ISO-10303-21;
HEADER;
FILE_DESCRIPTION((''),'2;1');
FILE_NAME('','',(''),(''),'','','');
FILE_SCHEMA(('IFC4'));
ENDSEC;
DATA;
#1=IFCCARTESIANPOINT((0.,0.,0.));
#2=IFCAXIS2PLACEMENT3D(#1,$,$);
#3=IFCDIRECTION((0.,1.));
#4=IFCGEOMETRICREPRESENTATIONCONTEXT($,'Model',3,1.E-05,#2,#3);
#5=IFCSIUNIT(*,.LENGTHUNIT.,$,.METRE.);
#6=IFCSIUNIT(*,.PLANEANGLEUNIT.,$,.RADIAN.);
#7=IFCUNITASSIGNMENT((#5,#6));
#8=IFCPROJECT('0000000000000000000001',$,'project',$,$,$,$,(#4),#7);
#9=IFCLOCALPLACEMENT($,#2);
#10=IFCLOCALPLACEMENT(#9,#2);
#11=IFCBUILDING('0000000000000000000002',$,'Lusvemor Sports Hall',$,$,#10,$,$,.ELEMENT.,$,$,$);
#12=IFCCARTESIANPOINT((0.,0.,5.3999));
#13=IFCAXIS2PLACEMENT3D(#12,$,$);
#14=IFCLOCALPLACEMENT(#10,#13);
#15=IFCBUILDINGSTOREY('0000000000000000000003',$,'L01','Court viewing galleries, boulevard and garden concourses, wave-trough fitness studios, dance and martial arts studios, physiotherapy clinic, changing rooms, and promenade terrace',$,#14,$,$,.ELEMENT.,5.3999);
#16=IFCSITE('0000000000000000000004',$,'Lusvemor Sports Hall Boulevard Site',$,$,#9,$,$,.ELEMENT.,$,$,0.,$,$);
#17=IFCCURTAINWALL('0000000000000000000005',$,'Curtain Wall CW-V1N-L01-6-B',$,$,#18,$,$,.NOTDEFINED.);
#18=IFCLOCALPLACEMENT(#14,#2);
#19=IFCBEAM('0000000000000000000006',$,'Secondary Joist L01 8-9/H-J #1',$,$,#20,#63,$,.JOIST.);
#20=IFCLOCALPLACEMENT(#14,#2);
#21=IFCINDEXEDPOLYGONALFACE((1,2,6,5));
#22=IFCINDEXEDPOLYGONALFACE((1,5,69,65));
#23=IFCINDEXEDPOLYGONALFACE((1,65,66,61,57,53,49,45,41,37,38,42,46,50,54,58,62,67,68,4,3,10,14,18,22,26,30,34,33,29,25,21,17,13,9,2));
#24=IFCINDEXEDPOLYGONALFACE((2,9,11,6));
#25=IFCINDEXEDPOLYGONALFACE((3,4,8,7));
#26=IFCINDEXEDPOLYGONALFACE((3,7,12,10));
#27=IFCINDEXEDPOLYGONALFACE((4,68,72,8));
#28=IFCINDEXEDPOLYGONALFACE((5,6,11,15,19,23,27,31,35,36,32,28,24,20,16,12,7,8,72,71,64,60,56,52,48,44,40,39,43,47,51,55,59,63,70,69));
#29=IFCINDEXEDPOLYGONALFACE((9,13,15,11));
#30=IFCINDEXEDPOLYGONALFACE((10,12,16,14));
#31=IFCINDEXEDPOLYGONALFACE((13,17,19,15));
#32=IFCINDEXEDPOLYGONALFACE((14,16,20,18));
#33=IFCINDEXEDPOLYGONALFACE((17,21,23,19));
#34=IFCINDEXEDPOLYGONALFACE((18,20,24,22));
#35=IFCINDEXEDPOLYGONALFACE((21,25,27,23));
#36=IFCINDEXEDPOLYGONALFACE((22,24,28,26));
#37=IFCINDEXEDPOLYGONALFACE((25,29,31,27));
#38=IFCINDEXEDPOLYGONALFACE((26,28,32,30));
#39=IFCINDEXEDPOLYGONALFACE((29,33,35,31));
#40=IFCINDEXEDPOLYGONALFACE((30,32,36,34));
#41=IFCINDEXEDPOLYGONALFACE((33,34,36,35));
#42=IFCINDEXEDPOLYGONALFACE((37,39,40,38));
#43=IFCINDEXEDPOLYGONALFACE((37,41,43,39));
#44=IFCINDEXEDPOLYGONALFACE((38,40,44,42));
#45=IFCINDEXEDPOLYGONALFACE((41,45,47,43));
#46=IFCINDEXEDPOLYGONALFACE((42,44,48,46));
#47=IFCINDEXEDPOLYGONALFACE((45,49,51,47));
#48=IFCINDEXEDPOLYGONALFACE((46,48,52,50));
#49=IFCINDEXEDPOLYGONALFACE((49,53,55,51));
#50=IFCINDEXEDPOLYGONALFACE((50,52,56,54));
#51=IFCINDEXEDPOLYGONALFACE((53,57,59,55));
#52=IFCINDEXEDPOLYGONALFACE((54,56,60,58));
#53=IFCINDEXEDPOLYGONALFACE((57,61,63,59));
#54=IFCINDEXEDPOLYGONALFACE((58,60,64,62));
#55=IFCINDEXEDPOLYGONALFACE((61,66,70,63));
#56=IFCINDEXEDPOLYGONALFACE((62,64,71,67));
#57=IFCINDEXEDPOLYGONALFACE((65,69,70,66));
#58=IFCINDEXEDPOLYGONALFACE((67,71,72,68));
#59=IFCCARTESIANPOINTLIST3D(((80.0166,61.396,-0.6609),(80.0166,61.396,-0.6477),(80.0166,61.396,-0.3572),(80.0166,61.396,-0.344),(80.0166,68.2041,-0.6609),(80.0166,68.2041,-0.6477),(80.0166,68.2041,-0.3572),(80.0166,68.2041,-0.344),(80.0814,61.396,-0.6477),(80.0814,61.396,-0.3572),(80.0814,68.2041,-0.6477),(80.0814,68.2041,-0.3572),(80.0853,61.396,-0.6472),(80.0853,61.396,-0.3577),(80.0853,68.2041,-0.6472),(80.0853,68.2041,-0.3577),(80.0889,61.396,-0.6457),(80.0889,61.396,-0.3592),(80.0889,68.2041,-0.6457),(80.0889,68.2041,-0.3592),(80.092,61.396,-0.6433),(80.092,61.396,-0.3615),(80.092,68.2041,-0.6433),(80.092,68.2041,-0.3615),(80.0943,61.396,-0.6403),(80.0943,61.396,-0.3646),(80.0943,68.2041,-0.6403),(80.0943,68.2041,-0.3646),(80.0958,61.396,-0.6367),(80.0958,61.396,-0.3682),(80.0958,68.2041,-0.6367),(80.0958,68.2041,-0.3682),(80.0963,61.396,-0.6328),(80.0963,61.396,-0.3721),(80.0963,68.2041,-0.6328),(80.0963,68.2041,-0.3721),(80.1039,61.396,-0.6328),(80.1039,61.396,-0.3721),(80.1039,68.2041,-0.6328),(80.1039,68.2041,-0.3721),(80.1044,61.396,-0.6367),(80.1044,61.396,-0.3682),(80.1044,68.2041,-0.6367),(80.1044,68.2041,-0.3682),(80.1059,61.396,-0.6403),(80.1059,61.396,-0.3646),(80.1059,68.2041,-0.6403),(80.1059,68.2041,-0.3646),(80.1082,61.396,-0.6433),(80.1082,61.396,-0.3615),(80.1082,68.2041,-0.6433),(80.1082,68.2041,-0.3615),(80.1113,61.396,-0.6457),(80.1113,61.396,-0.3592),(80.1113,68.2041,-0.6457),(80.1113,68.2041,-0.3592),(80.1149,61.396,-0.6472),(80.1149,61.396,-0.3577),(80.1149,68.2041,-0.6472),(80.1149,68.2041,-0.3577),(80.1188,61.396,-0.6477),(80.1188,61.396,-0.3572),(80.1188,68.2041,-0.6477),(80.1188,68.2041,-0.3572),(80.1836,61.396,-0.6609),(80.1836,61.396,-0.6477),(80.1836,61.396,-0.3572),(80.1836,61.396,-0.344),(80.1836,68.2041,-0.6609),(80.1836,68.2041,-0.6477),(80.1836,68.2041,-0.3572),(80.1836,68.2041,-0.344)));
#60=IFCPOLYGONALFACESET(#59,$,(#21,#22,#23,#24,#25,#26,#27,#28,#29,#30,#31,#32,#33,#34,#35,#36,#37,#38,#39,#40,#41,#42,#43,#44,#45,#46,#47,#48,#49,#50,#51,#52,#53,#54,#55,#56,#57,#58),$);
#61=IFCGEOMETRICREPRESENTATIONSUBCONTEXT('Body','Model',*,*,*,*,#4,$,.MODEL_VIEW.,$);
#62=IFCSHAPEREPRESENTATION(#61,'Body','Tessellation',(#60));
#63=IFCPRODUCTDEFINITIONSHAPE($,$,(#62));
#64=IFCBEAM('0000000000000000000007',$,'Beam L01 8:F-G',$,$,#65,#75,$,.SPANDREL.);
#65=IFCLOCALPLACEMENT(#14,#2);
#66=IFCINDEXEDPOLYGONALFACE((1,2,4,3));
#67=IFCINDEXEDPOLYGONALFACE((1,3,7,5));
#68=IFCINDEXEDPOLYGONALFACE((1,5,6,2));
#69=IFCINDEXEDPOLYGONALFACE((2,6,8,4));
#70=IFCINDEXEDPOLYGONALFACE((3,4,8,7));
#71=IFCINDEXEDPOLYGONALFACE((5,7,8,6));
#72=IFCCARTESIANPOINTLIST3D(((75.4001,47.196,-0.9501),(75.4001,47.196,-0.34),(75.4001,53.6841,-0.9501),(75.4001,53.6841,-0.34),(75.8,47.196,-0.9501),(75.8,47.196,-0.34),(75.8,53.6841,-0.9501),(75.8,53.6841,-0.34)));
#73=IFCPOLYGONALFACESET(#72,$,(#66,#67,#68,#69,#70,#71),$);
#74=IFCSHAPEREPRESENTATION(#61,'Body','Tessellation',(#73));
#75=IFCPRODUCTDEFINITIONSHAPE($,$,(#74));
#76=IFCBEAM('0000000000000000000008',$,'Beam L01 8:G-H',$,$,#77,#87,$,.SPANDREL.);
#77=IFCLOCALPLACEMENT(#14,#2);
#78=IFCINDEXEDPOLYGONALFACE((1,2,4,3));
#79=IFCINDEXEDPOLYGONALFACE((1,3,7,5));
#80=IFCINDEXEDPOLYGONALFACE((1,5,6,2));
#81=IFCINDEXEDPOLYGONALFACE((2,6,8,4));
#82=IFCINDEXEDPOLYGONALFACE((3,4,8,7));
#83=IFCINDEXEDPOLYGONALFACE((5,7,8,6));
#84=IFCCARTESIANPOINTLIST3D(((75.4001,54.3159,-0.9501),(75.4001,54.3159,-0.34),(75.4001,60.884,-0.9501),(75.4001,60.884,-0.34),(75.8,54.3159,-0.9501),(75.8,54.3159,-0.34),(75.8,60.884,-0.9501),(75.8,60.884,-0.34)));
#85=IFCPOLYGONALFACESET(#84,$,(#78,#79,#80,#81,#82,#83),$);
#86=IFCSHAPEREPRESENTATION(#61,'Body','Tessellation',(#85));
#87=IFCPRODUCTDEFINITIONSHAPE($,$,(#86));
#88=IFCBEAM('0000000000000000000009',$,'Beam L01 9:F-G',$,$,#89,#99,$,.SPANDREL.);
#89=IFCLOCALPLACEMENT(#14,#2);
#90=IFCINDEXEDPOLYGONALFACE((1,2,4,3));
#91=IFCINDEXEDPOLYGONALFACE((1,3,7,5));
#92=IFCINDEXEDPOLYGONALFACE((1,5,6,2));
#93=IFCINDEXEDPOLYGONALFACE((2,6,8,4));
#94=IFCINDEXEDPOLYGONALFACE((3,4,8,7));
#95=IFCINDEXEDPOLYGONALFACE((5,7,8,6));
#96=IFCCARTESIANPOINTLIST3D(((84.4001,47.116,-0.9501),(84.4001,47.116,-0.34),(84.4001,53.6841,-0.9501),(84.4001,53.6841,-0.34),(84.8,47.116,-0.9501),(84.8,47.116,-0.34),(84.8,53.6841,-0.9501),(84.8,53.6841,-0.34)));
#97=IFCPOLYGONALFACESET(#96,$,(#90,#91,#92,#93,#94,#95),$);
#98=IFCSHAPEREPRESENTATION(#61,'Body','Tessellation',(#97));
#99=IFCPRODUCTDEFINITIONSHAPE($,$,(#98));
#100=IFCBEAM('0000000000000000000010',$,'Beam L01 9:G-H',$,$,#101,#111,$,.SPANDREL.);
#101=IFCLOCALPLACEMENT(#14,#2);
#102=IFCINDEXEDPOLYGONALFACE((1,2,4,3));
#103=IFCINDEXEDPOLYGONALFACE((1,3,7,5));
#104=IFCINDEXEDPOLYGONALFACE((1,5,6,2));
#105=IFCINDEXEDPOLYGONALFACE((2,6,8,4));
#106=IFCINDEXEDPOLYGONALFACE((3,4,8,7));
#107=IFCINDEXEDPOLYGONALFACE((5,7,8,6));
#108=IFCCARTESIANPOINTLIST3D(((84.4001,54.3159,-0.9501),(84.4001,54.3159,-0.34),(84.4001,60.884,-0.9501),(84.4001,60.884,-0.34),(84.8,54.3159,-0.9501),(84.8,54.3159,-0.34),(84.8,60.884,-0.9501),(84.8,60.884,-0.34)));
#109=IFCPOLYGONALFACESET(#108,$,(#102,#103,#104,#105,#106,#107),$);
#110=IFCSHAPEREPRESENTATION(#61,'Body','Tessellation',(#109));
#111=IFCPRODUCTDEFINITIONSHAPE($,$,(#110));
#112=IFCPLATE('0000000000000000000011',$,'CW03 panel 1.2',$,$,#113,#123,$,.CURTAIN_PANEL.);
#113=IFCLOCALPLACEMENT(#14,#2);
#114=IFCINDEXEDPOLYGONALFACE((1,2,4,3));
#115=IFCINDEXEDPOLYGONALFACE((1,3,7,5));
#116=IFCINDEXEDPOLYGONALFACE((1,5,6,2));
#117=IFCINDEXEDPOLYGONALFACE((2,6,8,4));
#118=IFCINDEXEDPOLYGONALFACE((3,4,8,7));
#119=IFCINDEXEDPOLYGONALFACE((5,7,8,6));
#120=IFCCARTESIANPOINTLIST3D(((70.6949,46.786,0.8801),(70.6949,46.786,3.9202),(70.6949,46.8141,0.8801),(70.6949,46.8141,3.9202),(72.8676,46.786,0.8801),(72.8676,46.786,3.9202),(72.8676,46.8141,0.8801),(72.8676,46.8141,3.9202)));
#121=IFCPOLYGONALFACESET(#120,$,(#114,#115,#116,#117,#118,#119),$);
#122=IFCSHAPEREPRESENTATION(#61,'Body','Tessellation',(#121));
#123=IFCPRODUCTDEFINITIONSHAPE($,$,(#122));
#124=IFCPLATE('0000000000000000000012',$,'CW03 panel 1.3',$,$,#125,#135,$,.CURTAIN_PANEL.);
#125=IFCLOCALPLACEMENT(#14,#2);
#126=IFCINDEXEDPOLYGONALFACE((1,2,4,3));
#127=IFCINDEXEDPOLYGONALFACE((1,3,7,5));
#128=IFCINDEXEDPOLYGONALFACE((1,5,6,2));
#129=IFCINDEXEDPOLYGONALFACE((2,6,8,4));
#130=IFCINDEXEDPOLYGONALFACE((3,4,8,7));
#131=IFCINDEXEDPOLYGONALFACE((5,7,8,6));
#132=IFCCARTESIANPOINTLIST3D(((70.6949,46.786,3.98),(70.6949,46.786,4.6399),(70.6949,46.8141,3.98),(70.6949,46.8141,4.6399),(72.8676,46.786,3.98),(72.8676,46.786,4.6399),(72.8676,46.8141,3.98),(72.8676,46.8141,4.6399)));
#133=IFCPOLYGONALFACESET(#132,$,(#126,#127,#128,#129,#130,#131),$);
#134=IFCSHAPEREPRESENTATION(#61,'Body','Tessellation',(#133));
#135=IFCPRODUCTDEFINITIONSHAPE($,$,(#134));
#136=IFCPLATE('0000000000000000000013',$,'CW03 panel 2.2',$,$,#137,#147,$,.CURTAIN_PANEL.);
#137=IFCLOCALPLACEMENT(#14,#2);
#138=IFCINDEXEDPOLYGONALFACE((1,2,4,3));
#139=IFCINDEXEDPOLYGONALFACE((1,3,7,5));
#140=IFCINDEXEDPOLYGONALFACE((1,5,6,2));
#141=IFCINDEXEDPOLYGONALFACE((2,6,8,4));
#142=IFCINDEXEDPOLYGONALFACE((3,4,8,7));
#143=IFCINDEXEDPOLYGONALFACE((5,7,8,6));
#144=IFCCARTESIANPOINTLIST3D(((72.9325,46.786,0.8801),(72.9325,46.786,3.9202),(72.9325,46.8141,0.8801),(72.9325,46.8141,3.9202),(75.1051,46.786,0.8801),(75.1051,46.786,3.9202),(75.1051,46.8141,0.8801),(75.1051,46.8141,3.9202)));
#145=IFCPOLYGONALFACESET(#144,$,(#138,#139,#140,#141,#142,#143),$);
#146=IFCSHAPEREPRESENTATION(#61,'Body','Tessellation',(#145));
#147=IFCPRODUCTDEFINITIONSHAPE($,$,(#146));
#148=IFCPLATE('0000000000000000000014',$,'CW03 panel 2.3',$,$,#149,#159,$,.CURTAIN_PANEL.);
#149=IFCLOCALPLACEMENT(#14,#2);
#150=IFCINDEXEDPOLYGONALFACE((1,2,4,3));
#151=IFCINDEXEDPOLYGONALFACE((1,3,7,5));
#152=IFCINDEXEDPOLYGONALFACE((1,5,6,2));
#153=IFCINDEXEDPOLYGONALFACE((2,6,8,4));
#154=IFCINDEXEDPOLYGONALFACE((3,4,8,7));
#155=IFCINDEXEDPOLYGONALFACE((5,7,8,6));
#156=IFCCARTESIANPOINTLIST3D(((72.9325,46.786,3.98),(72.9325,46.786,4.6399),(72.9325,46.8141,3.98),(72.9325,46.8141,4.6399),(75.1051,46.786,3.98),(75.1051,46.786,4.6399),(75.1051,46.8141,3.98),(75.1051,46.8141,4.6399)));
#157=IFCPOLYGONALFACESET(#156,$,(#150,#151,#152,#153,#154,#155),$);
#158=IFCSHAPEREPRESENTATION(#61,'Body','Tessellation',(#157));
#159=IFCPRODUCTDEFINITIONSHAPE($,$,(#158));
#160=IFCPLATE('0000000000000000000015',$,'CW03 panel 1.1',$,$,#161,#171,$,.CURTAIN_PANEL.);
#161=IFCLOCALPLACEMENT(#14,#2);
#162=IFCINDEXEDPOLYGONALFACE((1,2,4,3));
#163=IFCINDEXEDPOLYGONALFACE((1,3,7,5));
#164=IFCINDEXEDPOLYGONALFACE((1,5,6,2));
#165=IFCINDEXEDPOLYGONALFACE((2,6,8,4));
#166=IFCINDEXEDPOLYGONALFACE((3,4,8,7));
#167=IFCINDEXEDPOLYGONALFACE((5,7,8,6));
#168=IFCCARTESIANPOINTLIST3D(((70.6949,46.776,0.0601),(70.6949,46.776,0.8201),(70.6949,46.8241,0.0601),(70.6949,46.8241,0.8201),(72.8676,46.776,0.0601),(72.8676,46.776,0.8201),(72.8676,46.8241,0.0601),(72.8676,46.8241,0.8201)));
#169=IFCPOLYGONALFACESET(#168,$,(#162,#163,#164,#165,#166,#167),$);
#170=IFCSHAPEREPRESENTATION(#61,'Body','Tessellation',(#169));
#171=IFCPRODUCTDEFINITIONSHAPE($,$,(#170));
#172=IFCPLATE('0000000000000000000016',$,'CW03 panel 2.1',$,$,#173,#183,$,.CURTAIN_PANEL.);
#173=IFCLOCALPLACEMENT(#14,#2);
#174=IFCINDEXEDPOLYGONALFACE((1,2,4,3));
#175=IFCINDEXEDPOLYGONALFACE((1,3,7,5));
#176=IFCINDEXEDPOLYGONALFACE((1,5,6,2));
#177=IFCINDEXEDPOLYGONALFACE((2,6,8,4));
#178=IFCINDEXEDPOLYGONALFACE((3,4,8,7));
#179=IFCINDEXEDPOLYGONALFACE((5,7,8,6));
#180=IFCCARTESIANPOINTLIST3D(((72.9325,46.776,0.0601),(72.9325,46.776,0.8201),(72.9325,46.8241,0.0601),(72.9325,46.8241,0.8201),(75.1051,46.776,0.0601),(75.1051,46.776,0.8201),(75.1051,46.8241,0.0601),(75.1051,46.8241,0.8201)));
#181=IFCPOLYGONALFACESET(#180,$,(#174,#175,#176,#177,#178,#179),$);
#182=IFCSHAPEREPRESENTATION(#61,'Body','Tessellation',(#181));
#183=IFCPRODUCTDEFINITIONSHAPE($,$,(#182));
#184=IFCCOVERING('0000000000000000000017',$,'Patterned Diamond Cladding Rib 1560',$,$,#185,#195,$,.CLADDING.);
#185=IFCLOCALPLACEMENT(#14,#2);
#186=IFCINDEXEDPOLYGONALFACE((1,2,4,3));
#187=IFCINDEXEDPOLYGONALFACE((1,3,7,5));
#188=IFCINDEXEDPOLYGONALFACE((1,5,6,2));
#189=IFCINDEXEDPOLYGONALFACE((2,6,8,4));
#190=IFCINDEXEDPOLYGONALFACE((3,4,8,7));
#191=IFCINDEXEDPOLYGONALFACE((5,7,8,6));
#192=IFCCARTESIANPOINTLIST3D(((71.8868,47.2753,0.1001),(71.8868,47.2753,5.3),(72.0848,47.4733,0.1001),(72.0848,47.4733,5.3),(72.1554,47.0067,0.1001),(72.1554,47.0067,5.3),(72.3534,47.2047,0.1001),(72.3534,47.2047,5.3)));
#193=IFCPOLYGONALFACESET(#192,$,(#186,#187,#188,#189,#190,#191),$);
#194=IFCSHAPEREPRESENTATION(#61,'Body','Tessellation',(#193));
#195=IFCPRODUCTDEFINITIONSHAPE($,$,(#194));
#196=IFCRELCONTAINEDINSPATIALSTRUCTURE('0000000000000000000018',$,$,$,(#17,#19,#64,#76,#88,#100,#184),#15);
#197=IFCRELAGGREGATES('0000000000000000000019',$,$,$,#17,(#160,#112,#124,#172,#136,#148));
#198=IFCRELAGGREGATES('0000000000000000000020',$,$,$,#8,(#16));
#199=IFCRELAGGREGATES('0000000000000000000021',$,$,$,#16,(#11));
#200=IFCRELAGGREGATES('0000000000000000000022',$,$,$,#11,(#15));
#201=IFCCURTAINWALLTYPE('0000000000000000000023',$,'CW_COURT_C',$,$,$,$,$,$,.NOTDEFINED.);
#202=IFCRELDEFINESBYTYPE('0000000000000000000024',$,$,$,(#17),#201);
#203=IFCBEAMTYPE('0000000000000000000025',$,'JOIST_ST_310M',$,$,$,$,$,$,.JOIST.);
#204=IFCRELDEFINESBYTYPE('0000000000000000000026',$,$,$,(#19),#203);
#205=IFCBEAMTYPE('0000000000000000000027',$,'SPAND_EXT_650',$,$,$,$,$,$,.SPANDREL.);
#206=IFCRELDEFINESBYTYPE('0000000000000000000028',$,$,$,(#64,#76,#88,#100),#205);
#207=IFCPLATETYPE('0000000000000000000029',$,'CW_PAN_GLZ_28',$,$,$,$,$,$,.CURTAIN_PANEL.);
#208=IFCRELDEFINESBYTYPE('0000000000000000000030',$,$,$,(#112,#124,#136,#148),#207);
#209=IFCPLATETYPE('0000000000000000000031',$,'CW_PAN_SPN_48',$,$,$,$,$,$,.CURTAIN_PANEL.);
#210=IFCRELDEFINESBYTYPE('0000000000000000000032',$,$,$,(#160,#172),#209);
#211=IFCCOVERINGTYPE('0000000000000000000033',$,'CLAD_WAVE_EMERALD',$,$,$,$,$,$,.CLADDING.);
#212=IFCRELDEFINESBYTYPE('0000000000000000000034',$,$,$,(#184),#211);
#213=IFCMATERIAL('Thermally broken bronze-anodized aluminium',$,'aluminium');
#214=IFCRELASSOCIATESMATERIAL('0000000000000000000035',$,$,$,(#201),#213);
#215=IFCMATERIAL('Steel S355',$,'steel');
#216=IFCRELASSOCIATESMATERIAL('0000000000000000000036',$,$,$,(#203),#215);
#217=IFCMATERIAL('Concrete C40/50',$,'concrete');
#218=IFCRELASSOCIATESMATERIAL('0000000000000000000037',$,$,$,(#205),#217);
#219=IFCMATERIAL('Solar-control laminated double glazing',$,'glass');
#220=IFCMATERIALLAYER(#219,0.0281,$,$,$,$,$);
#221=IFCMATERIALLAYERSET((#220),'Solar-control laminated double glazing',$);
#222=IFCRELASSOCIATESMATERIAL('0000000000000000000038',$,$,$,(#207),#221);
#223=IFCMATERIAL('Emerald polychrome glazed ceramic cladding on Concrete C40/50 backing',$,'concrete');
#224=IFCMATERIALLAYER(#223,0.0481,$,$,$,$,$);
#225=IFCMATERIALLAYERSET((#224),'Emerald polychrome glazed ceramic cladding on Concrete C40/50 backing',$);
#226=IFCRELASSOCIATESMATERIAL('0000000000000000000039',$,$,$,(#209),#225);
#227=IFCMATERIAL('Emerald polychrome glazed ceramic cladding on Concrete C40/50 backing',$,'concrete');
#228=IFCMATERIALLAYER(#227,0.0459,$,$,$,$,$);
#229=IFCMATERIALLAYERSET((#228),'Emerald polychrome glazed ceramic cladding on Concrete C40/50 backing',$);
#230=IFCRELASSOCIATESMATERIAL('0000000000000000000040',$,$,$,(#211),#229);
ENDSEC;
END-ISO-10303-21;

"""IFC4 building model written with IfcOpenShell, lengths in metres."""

from ifc_helpers import new_model, si_unit, direction, frame, origin, origin_2d, place, context, subcontext, project, spatial, rectangle, i_section, extrude, material, layer, layer_set, material_profile, profile_set, type_object, element, aggregate, save


model = new_model("IFC4")

# Units and contexts
model_context = context("Model", 3, precision=1e-05, world=origin(), true_north=direction((0.0, 1.0)))
body_context = subcontext(model_context, "Body", "Model", "MODEL_VIEW")
ifc_project = project(units=[si_unit("LENGTHUNIT", "METRE"), si_unit("PLANEANGLEUNIT", "RADIAN")], contexts=[model_context])

# Site, building, storey
site_placement = place(None, origin())
site = spatial("IfcSite", under=ifc_project, at=site_placement, Name="Lusvemor Sports Hall Boulevard Site", CompositionType="ELEMENT", RefElevation=0.0)
building_placement = place(site_placement, origin())
building = spatial("IfcBuilding", under=site, at=building_placement, Name="Lusvemor Sports Hall", CompositionType="ELEMENT")
storey_placement = place(building_placement, frame((0.0, 0.0, 5.3999)))
storey = spatial("IfcBuildingStorey", under=building, at=storey_placement, Name="L01", Description="Court viewing galleries, boulevard and garden concourses, wave-trough fitness studios, dance and martial arts studios, physiotherapy clinic, changing rooms, and promenade terrace", CompositionType="ELEMENT", Elevation=5.3999)

# Curtain wall
ifc_material_1 = material(Name="Thermally broken bronze-anodized aluminium", Category="aluminium")
curtain_wall_type = type_object("IfcCurtainWallType", Name="CW_COURT_C", PredefinedType="NOTDEFINED", material=ifc_material_1)
curtain_wall_placement = place(storey_placement, origin())
curtain_wall = element("IfcCurtainWall", 1, at=curtain_wall_placement, inside=storey, type_object=curtain_wall_type, Name="Curtain Wall CW-V1N-L01-6-B", PredefinedType="NOTDEFINED")

# Beams
ifc_material_2 = material(Name="Steel S355", Category="steel")
ifc_material_profile_1 = material_profile(ifc_material_2, i_section(OverallWidth=0.167, OverallDepth=0.3169, WebThickness=0.0076, FlangeThickness=0.0132, FilletRadius=0.0149, at=origin_2d()), Name="W310x52.0")
ifc_profile_set_1 = profile_set([ifc_material_profile_1], Name="Steel S355")
beam_type_1 = type_object("IfcBeamType", Name="JOIST_ST_310M", PredefinedType="JOIST", material=ifc_profile_set_1)
beam_1_placement = place(storey_placement, frame((80.1001, 61.396, -0.5024), z_axis=(0.0, 1.0, 0.0), x_axis=(-1.0, 0.0, 0.0)))
element("IfcBeam", 2, at=beam_1_placement, inside=storey, type_object=beam_type_1, Name="Secondary Joist L01 8-9/H-J #1", PredefinedType="JOIST", context=body_context, shape_type="SweptSolid", body=[
    extrude(i_section(OverallWidth=0.167, OverallDepth=0.3169, WebThickness=0.0076, FlangeThickness=0.0132, FilletRadius=0.0149, at=origin_2d()), origin(), (0.0, 0.0, 1.0), 6.8081),
])
ifc_material_3 = material(Name="Concrete C40/50", Category="concrete")
ifc_material_profile_2 = material_profile(ifc_material_3, rectangle(XDim=0.3999, YDim=0.6101, at=origin_2d()), Name="RC400x610")
ifc_profile_set_2 = profile_set([ifc_material_profile_2], Name="Concrete C40/50")
beam_type_2 = type_object("IfcBeamType", Name="SPAND_EXT_650", PredefinedType="SPANDREL", material=ifc_profile_set_2)
beam_2_placement = place(storey_placement, frame((75.6001, 47.196, -0.645), z_axis=(0.0, 1.0, 0.0), x_axis=(-1.0, 0.0, 0.0)))
element("IfcBeam", 3, at=beam_2_placement, inside=storey, type_object=beam_type_2, Name="Beam L01 8:F-G", PredefinedType="SPANDREL", context=body_context, shape_type="SweptSolid", body=[
    extrude(rectangle(XDim=0.3999, YDim=0.6101, at=origin_2d()), origin(), (0.0, 0.0, 1.0), 6.488),
])
for number, where, z_axis, x_axis, name in (
    (4, (75.6001, 54.3159, -0.645), (0.0, 1.0, 0.0), (-1.0, 0.0, 0.0), "Beam L01 8:G-H"),
    (5, (84.6001, 47.116, -0.645), (0.0, 1.0, 0.0), (-1.0, 0.0, 0.0), "Beam L01 9:F-G"),
    (6, (84.6001, 54.3159, -0.645), (0.0, 1.0, 0.0), (-1.0, 0.0, 0.0), "Beam L01 9:G-H"),
):
    element("IfcBeam", number, at=place(storey_placement, frame(where, z_axis=z_axis, x_axis=x_axis)), inside=storey, type_object=beam_type_2, Name=name, PredefinedType="SPANDREL", context=body_context, shape_type="SweptSolid", body=[
        extrude(rectangle(XDim=0.3999, YDim=0.6101, at=origin_2d()), origin(), (0.0, 0.0, 1.0), 6.5681),
    ])

# Plates
ifc_material_4 = material(Name="Solar-control laminated double glazing", Category="glass")
ifc_layer_1 = layer(ifc_material_4, 0.0281)
ifc_layer_set_1 = layer_set([ifc_layer_1], Name="Solar-control laminated double glazing")
plate_type_1 = type_object("IfcPlateType", Name="CW_PAN_GLZ_28", PredefinedType="CURTAIN_PANEL", material=ifc_layer_set_1)
plate_1_placement = place(storey_placement, frame((71.7812, 46.8, 0.8801), z_axis=(0.0, 0.0, 1.0), x_axis=(1.0, 0.0, 0.0)))
plate_1 = element("IfcPlate", 7, at=plate_1_placement, type_object=plate_type_1, Name="CW03 panel 1.2", PredefinedType="CURTAIN_PANEL", context=body_context, shape_type="SweptSolid", body=[
    extrude(rectangle(XDim=2.1726, YDim=0.0281, at=origin_2d()), origin(), (0.0, 0.0, 1.0), 3.04),
])
plate_2_placement = place(storey_placement, frame((71.7812, 46.8, 3.98), z_axis=(0.0, 0.0, 1.0), x_axis=(1.0, 0.0, 0.0)))
plate_2 = element("IfcPlate", 8, at=plate_2_placement, type_object=plate_type_1, Name="CW03 panel 1.3", PredefinedType="CURTAIN_PANEL", context=body_context, shape_type="SweptSolid", body=[
    extrude(rectangle(XDim=2.1726, YDim=0.0281, at=origin_2d()), origin(), (0.0, 0.0, 1.0), 0.6599),
])
plate_3_placement = place(storey_placement, frame((74.0188, 46.8, 0.8801), z_axis=(0.0, 0.0, 1.0), x_axis=(1.0, 0.0, 0.0)))
plate_3 = element("IfcPlate", 9, at=plate_3_placement, type_object=plate_type_1, Name="CW03 panel 2.2", PredefinedType="CURTAIN_PANEL", context=body_context, shape_type="SweptSolid", body=[
    extrude(rectangle(XDim=2.1726, YDim=0.0281, at=origin_2d()), origin(), (0.0, 0.0, 1.0), 3.04),
])
plate_4_placement = place(storey_placement, frame((74.0188, 46.8, 3.98), z_axis=(0.0, 0.0, 1.0), x_axis=(1.0, 0.0, 0.0)))
plate_4 = element("IfcPlate", 10, at=plate_4_placement, type_object=plate_type_1, Name="CW03 panel 2.3", PredefinedType="CURTAIN_PANEL", context=body_context, shape_type="SweptSolid", body=[
    extrude(rectangle(XDim=2.1726, YDim=0.0281, at=origin_2d()), origin(), (0.0, 0.0, 1.0), 0.6599),
])
ifc_material_5 = material(Name="Emerald polychrome glazed ceramic cladding on Concrete C40/50 backing", Category="concrete")
ifc_layer_2 = layer(ifc_material_5, 0.0481)
ifc_layer_set_2 = layer_set([ifc_layer_2], Name="Emerald polychrome glazed ceramic cladding on Concrete C40/50 backing")
plate_type_2 = type_object("IfcPlateType", Name="CW_PAN_SPN_48", PredefinedType="CURTAIN_PANEL", material=ifc_layer_set_2)
plate_5_placement = place(storey_placement, frame((71.7812, 46.8, 0.0601), z_axis=(0.0, 0.0, 1.0), x_axis=(1.0, 0.0, 0.0)))
plate_5 = element("IfcPlate", 11, at=plate_5_placement, type_object=plate_type_2, Name="CW03 panel 1.1", PredefinedType="CURTAIN_PANEL", context=body_context, shape_type="SweptSolid", body=[
    extrude(rectangle(XDim=2.1726, YDim=0.0481, at=origin_2d()), origin(), (0.0, 0.0, 1.0), 0.76),
])
plate_6_placement = place(storey_placement, frame((74.0188, 46.8, 0.0601), z_axis=(0.0, 0.0, 1.0), x_axis=(1.0, 0.0, 0.0)))
plate_6 = element("IfcPlate", 12, at=plate_6_placement, type_object=plate_type_2, Name="CW03 panel 2.1", PredefinedType="CURTAIN_PANEL", context=body_context, shape_type="SweptSolid", body=[
    extrude(rectangle(XDim=2.1726, YDim=0.0481, at=origin_2d()), origin(), (0.0, 0.0, 1.0), 0.76),
])
aggregate(curtain_wall, [plate_5, plate_1, plate_2, plate_6, plate_3, plate_4])

# Covering
ifc_material_6 = material(Name="Emerald polychrome glazed ceramic cladding on Concrete C40/50 backing", Category="concrete")
ifc_layer_3 = layer(ifc_material_6, 0.0459)
ifc_layer_set_3 = layer_set([ifc_layer_3], Name="Emerald polychrome glazed ceramic cladding on Concrete C40/50 backing")
covering_type_1 = type_object("IfcCoveringType", Name="CLAD_WAVE_EMERALD", PredefinedType="CLADDING", material=ifc_layer_set_3)
covering_1_placement = place(storey_placement, frame((72.1201, 47.24, 0.1001), z_axis=(0.0, 0.0, 1.0), x_axis=(0.707107, 0.707107, 0.0)))
element("IfcCovering", 13, at=covering_1_placement, inside=storey, type_object=covering_type_1, Name="Patterned Diamond Cladding Rib 1560", PredefinedType="CLADDING", context=body_context, shape_type="SweptSolid", body=[
    extrude(rectangle(XDim=0.28, YDim=0.3799, at=origin_2d()), origin(), (0.0, 0.0, 1.0), 5.2),
])

save(model, "model.ifc")
